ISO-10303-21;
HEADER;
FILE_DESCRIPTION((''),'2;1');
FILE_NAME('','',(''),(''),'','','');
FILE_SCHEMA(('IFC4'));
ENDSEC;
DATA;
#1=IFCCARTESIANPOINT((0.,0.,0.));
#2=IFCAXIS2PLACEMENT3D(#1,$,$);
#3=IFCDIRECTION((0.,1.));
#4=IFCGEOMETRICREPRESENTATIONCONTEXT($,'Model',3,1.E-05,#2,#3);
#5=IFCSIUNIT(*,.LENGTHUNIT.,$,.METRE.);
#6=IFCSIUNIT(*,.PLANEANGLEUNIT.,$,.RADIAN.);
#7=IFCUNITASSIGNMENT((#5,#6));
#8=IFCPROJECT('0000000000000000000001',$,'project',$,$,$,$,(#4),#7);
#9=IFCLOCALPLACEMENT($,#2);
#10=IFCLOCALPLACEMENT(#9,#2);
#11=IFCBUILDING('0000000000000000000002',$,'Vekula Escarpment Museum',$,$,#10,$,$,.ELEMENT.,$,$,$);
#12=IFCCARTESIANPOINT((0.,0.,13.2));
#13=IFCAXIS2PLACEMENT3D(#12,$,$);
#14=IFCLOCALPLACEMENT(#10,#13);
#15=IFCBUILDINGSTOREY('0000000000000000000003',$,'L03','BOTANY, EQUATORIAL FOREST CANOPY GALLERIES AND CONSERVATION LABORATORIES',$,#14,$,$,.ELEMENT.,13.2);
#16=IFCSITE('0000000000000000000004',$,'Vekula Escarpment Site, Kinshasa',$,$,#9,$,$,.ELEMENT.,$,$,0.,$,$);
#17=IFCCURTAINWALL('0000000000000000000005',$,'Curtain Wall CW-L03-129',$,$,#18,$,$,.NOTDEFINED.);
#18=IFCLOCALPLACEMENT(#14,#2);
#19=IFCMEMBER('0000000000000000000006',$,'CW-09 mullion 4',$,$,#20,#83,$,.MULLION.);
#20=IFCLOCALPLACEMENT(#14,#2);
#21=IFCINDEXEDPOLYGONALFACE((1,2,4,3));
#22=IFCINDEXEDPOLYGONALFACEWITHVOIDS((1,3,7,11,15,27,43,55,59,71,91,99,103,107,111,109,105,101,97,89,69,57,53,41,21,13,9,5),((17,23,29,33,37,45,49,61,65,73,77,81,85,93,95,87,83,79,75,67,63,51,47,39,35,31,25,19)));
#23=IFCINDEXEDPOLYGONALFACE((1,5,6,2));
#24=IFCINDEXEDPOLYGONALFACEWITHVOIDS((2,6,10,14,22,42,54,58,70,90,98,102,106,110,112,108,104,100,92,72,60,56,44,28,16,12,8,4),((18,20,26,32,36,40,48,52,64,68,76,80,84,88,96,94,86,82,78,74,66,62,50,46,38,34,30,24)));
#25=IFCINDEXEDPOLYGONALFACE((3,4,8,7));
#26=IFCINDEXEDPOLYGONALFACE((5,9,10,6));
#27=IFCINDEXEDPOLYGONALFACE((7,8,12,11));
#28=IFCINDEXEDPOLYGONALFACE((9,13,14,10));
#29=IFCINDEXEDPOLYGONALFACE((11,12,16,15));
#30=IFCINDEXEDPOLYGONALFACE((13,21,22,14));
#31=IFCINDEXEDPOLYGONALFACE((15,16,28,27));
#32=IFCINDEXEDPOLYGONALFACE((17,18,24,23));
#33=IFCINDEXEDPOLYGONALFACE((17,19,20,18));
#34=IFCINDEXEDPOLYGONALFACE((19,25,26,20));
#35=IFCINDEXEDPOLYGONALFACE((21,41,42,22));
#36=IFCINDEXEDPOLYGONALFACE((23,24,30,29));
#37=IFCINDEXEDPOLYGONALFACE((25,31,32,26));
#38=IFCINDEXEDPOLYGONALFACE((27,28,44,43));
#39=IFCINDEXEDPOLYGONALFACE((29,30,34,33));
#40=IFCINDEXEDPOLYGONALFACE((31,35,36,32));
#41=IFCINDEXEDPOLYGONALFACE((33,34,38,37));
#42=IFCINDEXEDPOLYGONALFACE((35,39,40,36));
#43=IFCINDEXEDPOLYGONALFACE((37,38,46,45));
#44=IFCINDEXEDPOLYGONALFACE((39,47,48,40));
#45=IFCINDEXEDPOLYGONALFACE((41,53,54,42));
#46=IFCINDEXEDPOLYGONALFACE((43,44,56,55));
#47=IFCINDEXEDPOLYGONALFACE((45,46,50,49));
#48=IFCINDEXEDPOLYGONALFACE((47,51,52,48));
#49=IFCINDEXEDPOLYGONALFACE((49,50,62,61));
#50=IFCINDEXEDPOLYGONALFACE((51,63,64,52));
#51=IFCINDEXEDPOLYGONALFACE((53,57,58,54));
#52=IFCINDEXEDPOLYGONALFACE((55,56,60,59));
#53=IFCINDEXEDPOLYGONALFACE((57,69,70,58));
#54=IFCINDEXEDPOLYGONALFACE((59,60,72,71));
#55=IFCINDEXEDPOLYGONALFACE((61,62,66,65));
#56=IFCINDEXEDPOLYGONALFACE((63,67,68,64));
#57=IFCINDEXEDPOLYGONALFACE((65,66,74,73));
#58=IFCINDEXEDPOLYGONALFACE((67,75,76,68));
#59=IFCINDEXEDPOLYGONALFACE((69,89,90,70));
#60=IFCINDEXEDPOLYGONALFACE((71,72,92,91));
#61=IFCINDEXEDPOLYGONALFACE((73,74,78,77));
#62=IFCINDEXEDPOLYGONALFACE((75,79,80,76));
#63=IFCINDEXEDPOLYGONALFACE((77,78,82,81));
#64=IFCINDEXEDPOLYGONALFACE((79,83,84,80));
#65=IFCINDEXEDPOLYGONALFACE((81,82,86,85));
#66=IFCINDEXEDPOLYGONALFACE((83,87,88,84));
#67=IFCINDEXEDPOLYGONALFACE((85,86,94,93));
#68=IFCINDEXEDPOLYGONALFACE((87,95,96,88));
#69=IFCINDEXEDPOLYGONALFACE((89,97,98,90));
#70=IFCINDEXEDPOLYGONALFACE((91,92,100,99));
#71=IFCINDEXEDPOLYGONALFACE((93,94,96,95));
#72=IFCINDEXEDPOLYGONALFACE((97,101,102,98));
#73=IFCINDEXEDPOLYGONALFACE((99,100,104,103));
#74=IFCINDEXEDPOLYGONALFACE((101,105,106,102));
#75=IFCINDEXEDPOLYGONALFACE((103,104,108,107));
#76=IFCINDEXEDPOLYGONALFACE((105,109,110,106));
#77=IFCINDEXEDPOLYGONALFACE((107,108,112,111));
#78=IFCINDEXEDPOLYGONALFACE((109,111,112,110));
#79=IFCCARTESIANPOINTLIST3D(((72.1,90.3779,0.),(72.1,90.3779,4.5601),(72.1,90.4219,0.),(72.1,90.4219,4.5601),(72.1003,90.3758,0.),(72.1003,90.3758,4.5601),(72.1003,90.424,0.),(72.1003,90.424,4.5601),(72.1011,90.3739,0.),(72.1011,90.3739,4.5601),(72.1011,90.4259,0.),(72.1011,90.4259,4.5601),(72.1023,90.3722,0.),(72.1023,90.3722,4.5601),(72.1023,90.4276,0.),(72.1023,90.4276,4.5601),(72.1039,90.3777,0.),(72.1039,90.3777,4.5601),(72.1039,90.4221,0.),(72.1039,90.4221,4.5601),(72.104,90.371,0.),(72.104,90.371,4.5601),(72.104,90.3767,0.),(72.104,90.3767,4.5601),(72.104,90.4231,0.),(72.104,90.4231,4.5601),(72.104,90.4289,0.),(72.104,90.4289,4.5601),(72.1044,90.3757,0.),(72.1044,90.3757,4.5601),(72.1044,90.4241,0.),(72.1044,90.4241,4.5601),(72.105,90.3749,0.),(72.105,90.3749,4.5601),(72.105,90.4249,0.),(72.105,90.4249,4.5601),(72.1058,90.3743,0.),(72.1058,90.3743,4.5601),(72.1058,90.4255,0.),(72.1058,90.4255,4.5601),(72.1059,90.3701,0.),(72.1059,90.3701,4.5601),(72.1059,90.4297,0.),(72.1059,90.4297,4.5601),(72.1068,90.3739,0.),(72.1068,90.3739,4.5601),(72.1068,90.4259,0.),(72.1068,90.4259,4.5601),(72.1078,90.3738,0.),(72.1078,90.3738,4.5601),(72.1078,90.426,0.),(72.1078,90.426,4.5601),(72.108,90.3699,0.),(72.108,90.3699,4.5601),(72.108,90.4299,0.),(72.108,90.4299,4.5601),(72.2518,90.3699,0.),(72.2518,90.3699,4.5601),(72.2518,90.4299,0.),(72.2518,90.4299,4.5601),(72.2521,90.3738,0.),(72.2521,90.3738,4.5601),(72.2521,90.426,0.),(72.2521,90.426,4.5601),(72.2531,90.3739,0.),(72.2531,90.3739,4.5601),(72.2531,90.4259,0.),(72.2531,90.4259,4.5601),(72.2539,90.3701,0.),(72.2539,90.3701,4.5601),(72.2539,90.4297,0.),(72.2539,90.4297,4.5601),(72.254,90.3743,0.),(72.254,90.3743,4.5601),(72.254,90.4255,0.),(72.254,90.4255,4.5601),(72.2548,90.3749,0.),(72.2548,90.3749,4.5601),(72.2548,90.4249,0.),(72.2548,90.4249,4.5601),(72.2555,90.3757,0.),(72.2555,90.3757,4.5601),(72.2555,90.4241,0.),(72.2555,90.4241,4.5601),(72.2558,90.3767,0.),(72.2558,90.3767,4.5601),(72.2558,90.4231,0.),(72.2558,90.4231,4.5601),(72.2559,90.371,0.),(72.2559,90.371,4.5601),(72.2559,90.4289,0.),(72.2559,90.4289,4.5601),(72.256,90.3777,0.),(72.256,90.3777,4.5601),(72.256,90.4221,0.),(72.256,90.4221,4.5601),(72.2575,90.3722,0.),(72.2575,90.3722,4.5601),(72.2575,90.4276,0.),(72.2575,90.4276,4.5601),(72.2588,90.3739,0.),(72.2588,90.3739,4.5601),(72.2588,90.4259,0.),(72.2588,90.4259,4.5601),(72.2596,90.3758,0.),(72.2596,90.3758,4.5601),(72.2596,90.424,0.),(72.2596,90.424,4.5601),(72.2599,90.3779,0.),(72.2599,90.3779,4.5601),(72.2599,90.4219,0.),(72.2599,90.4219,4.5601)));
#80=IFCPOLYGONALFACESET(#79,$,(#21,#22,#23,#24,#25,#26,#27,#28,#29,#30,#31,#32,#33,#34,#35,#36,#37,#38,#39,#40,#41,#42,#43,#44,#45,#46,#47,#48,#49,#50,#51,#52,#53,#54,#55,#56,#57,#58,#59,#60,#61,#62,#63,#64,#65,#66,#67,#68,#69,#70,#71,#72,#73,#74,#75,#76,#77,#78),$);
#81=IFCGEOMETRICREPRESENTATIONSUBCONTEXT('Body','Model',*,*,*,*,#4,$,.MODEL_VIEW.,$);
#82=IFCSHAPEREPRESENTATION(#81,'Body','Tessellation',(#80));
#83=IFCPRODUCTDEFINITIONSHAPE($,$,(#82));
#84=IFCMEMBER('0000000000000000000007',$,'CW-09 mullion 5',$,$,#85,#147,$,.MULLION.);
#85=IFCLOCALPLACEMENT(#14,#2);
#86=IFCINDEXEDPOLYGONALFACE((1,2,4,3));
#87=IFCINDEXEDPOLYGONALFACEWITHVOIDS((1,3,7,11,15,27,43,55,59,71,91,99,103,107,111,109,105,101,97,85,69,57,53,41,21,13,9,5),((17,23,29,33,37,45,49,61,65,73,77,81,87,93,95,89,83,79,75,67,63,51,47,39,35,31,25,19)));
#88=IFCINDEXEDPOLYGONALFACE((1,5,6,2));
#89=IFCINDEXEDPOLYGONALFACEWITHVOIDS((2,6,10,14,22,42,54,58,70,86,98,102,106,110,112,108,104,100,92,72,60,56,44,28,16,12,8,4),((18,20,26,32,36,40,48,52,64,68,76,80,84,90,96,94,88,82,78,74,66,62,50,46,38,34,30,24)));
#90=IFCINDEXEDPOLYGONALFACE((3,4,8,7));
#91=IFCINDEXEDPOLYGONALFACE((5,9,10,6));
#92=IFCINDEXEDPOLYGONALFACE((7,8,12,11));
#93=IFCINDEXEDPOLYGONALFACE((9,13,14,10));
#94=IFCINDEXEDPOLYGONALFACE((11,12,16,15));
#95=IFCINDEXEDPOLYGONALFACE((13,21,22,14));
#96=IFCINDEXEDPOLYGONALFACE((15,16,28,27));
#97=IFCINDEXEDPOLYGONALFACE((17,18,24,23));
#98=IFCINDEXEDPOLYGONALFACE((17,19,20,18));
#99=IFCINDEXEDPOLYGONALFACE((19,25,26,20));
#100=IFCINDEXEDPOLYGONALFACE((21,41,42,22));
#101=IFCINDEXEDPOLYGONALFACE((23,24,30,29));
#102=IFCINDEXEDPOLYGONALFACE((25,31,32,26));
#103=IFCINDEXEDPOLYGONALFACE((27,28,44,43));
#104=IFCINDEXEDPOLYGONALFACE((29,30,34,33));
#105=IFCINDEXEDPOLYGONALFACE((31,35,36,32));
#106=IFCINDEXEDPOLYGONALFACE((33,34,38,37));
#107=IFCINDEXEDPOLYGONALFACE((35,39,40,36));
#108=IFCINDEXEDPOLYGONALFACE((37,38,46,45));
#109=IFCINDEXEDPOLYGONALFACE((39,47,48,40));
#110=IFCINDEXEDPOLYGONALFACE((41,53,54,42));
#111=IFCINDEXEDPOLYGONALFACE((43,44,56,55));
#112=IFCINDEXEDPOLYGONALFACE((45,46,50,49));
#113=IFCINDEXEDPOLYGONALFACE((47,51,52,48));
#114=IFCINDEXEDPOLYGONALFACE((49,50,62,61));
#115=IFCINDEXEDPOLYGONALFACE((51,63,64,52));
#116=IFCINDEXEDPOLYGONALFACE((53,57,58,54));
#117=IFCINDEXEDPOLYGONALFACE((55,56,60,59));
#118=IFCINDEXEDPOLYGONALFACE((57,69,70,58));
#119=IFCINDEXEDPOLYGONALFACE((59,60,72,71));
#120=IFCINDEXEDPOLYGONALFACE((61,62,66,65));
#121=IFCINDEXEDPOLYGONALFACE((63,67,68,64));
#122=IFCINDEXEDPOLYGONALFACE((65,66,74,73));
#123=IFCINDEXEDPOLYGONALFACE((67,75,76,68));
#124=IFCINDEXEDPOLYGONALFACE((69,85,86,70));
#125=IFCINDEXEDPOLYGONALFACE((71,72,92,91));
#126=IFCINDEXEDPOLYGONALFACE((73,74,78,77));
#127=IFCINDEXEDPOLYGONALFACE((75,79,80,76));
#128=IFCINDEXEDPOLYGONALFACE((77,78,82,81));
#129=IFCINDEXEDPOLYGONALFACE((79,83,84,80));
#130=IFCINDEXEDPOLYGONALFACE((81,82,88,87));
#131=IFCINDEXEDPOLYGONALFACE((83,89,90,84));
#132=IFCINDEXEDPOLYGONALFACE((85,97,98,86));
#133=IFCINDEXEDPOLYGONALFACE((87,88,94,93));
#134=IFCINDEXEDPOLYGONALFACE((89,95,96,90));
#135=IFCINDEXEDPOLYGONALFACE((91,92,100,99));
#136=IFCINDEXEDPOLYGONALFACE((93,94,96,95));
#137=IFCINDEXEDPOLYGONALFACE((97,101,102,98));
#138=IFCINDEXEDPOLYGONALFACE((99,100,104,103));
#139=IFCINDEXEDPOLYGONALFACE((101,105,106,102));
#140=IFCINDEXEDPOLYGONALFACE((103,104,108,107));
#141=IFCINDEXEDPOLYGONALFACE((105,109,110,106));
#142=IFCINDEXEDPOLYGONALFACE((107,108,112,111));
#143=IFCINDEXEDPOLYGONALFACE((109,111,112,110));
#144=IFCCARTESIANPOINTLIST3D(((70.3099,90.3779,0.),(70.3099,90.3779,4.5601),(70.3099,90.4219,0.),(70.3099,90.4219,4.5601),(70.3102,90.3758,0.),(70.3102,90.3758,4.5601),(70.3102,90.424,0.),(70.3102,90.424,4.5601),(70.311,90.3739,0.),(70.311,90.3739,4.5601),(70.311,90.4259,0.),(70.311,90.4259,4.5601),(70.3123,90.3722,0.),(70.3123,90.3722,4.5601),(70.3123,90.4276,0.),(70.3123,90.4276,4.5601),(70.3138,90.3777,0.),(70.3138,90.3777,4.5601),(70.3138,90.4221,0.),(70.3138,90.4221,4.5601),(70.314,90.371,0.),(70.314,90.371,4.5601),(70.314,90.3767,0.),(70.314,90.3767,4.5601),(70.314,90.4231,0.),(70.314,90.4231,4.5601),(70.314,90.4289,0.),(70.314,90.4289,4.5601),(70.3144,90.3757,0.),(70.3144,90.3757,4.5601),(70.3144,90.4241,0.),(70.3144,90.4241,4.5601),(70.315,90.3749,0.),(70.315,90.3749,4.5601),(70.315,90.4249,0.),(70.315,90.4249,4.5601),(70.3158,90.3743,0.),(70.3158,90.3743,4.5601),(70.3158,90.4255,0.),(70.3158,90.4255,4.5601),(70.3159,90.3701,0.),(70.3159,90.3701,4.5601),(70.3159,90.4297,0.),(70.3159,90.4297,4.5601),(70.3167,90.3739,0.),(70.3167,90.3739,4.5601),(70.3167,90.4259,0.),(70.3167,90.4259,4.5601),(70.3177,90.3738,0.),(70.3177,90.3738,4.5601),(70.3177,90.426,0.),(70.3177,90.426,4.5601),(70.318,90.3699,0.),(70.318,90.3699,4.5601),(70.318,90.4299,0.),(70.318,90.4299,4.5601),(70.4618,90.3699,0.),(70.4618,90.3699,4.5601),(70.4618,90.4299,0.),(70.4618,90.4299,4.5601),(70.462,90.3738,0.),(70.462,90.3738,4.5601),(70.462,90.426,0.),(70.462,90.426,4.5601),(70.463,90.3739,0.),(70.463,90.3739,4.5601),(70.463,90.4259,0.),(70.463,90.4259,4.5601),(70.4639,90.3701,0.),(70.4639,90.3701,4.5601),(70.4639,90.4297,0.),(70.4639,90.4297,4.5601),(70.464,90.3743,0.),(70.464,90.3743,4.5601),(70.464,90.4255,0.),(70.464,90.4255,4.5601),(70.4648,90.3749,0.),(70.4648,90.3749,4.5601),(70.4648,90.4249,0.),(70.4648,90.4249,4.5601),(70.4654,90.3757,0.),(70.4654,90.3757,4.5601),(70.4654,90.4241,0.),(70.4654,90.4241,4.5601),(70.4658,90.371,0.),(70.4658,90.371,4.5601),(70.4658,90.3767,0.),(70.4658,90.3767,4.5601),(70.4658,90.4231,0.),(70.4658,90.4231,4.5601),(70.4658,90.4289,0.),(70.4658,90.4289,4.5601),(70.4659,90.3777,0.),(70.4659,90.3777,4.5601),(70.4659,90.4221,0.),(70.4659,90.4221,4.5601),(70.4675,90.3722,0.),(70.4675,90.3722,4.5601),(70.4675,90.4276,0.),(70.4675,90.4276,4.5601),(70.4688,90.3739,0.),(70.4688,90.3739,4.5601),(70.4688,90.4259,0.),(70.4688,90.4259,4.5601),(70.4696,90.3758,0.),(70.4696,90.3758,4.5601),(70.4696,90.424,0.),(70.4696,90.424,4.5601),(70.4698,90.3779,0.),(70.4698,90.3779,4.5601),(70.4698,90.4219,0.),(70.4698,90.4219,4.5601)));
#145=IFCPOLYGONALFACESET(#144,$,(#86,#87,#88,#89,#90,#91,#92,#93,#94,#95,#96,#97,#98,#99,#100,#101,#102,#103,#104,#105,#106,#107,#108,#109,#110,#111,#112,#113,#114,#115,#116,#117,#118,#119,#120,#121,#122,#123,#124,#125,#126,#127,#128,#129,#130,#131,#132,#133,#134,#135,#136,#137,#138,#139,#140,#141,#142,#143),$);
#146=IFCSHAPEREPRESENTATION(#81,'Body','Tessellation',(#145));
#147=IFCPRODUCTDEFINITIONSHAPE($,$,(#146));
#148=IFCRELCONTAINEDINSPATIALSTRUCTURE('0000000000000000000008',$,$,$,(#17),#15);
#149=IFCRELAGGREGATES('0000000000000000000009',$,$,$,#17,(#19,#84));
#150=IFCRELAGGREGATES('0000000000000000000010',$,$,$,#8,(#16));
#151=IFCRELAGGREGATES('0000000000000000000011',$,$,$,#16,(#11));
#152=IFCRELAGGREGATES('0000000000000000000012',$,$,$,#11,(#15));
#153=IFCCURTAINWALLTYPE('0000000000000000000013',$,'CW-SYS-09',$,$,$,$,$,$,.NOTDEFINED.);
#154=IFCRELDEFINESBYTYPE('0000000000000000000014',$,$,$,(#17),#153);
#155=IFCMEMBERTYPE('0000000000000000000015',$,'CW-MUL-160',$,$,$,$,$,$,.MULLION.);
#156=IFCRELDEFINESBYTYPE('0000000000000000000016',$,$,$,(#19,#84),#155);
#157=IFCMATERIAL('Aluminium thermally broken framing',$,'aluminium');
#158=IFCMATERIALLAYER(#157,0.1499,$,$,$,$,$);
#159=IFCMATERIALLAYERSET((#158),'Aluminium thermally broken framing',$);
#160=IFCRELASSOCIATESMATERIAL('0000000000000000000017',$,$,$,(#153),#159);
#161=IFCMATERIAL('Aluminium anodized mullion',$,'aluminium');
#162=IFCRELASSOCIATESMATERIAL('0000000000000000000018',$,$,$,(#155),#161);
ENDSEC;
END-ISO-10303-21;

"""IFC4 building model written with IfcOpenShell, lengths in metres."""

from ifc_helpers import new_model, si_unit, direction, frame, origin, origin_2d, place, context, subcontext, project, spatial, hollow_rectangle, extrude, material, layer, layer_set, material_profile, profile_set, type_object, element, aggregate, save


model = new_model("IFC4")

# Units and contexts
model_context = context("Model", 3, precision=1e-05, world=origin(), true_north=direction((0.0, 1.0)))
body_context = subcontext(model_context, "Body", "Model", "MODEL_VIEW")
ifc_project = project(units=[si_unit("LENGTHUNIT", "METRE"), si_unit("PLANEANGLEUNIT", "RADIAN")], contexts=[model_context])

# Site, building, storey
site_placement = place(None, origin())
site = spatial("IfcSite", under=ifc_project, at=site_placement, Name="Vekula Escarpment Site, Kinshasa", CompositionType="ELEMENT", RefElevation=0.0)
building_placement = place(site_placement, origin())
building = spatial("IfcBuilding", under=site, at=building_placement, Name="Vekula Escarpment Museum", CompositionType="ELEMENT")
storey_placement = place(building_placement, frame((0.0, 0.0, 13.2)))
storey = spatial("IfcBuildingStorey", under=building, at=storey_placement, Name="L03", Description="BOTANY, EQUATORIAL FOREST CANOPY GALLERIES AND CONSERVATION LABORATORIES", CompositionType="ELEMENT", Elevation=13.2)

# Curtain wall, members
ifc_material_1 = material(Name="Aluminium thermally broken framing", Category="aluminium")
ifc_layer_1 = layer(ifc_material_1, 0.1499)
ifc_layer_set_1 = layer_set([ifc_layer_1], Name="Aluminium thermally broken framing")
curtain_wall_type_1 = type_object("IfcCurtainWallType", Name="CW-SYS-09", PredefinedType="NOTDEFINED", material=ifc_layer_set_1)
curtain_wall_1_placement = place(storey_placement, origin())
curtain_wall_1 = element("IfcCurtainWall", 1, at=curtain_wall_1_placement, inside=storey, type_object=curtain_wall_type_1, Name="Curtain Wall CW-L03-129", PredefinedType="NOTDEFINED")
ifc_material_2 = material(Name="Aluminium anodized mullion", Category="aluminium")
ifc_material_profile_1 = material_profile(ifc_material_2, hollow_rectangle(XDim=0.0601, YDim=0.1599, WallThickness=0.0039, InnerFilletRadius=0.0039, OuterFilletRadius=0.0081, at=origin_2d()), Name="ALU 160x60x4")
ifc_profile_set_1 = profile_set([ifc_material_profile_1], Name="Aluminium anodized mullion")
member_type_1 = type_object("IfcMemberType", Name="CW-MUL-160", PredefinedType="MULLION", material=ifc_profile_set_1)
member_1_placement = place(storey_placement, frame((72.1799, 90.3999, 0.0), z_axis=(0.0, 0.0, 1.0), x_axis=(0.0, -1.0, 0.0)))
member_1 = element("IfcMember", 2, at=member_1_placement, type_object=member_type_1, Name="CW-09 mullion 4", PredefinedType="MULLION", context=body_context, shape_type="SweptSolid", body=[
    extrude(hollow_rectangle(XDim=0.0601, YDim=0.1599, WallThickness=0.0039, InnerFilletRadius=0.0039, OuterFilletRadius=0.0081, at=origin_2d()), origin(), (0.0, 0.0, 1.0), 4.5601),
])
member_2_placement = place(storey_placement, frame((70.3899, 90.3999, 0.0), z_axis=(0.0, 0.0, 1.0), x_axis=(0.0, -1.0, 0.0)))
member_2 = element("IfcMember", 3, at=member_2_placement, type_object=member_type_1, Name="CW-09 mullion 5", PredefinedType="MULLION", context=body_context, shape_type="SweptSolid", body=[
    extrude(hollow_rectangle(XDim=0.0601, YDim=0.1599, WallThickness=0.0039, InnerFilletRadius=0.0039, OuterFilletRadius=0.0081, at=origin_2d()), origin(), (0.0, 0.0, 1.0), 4.5601),
])

aggregate(curtain_wall_1, [member_1, member_2])

save(model, "model.ifc")
